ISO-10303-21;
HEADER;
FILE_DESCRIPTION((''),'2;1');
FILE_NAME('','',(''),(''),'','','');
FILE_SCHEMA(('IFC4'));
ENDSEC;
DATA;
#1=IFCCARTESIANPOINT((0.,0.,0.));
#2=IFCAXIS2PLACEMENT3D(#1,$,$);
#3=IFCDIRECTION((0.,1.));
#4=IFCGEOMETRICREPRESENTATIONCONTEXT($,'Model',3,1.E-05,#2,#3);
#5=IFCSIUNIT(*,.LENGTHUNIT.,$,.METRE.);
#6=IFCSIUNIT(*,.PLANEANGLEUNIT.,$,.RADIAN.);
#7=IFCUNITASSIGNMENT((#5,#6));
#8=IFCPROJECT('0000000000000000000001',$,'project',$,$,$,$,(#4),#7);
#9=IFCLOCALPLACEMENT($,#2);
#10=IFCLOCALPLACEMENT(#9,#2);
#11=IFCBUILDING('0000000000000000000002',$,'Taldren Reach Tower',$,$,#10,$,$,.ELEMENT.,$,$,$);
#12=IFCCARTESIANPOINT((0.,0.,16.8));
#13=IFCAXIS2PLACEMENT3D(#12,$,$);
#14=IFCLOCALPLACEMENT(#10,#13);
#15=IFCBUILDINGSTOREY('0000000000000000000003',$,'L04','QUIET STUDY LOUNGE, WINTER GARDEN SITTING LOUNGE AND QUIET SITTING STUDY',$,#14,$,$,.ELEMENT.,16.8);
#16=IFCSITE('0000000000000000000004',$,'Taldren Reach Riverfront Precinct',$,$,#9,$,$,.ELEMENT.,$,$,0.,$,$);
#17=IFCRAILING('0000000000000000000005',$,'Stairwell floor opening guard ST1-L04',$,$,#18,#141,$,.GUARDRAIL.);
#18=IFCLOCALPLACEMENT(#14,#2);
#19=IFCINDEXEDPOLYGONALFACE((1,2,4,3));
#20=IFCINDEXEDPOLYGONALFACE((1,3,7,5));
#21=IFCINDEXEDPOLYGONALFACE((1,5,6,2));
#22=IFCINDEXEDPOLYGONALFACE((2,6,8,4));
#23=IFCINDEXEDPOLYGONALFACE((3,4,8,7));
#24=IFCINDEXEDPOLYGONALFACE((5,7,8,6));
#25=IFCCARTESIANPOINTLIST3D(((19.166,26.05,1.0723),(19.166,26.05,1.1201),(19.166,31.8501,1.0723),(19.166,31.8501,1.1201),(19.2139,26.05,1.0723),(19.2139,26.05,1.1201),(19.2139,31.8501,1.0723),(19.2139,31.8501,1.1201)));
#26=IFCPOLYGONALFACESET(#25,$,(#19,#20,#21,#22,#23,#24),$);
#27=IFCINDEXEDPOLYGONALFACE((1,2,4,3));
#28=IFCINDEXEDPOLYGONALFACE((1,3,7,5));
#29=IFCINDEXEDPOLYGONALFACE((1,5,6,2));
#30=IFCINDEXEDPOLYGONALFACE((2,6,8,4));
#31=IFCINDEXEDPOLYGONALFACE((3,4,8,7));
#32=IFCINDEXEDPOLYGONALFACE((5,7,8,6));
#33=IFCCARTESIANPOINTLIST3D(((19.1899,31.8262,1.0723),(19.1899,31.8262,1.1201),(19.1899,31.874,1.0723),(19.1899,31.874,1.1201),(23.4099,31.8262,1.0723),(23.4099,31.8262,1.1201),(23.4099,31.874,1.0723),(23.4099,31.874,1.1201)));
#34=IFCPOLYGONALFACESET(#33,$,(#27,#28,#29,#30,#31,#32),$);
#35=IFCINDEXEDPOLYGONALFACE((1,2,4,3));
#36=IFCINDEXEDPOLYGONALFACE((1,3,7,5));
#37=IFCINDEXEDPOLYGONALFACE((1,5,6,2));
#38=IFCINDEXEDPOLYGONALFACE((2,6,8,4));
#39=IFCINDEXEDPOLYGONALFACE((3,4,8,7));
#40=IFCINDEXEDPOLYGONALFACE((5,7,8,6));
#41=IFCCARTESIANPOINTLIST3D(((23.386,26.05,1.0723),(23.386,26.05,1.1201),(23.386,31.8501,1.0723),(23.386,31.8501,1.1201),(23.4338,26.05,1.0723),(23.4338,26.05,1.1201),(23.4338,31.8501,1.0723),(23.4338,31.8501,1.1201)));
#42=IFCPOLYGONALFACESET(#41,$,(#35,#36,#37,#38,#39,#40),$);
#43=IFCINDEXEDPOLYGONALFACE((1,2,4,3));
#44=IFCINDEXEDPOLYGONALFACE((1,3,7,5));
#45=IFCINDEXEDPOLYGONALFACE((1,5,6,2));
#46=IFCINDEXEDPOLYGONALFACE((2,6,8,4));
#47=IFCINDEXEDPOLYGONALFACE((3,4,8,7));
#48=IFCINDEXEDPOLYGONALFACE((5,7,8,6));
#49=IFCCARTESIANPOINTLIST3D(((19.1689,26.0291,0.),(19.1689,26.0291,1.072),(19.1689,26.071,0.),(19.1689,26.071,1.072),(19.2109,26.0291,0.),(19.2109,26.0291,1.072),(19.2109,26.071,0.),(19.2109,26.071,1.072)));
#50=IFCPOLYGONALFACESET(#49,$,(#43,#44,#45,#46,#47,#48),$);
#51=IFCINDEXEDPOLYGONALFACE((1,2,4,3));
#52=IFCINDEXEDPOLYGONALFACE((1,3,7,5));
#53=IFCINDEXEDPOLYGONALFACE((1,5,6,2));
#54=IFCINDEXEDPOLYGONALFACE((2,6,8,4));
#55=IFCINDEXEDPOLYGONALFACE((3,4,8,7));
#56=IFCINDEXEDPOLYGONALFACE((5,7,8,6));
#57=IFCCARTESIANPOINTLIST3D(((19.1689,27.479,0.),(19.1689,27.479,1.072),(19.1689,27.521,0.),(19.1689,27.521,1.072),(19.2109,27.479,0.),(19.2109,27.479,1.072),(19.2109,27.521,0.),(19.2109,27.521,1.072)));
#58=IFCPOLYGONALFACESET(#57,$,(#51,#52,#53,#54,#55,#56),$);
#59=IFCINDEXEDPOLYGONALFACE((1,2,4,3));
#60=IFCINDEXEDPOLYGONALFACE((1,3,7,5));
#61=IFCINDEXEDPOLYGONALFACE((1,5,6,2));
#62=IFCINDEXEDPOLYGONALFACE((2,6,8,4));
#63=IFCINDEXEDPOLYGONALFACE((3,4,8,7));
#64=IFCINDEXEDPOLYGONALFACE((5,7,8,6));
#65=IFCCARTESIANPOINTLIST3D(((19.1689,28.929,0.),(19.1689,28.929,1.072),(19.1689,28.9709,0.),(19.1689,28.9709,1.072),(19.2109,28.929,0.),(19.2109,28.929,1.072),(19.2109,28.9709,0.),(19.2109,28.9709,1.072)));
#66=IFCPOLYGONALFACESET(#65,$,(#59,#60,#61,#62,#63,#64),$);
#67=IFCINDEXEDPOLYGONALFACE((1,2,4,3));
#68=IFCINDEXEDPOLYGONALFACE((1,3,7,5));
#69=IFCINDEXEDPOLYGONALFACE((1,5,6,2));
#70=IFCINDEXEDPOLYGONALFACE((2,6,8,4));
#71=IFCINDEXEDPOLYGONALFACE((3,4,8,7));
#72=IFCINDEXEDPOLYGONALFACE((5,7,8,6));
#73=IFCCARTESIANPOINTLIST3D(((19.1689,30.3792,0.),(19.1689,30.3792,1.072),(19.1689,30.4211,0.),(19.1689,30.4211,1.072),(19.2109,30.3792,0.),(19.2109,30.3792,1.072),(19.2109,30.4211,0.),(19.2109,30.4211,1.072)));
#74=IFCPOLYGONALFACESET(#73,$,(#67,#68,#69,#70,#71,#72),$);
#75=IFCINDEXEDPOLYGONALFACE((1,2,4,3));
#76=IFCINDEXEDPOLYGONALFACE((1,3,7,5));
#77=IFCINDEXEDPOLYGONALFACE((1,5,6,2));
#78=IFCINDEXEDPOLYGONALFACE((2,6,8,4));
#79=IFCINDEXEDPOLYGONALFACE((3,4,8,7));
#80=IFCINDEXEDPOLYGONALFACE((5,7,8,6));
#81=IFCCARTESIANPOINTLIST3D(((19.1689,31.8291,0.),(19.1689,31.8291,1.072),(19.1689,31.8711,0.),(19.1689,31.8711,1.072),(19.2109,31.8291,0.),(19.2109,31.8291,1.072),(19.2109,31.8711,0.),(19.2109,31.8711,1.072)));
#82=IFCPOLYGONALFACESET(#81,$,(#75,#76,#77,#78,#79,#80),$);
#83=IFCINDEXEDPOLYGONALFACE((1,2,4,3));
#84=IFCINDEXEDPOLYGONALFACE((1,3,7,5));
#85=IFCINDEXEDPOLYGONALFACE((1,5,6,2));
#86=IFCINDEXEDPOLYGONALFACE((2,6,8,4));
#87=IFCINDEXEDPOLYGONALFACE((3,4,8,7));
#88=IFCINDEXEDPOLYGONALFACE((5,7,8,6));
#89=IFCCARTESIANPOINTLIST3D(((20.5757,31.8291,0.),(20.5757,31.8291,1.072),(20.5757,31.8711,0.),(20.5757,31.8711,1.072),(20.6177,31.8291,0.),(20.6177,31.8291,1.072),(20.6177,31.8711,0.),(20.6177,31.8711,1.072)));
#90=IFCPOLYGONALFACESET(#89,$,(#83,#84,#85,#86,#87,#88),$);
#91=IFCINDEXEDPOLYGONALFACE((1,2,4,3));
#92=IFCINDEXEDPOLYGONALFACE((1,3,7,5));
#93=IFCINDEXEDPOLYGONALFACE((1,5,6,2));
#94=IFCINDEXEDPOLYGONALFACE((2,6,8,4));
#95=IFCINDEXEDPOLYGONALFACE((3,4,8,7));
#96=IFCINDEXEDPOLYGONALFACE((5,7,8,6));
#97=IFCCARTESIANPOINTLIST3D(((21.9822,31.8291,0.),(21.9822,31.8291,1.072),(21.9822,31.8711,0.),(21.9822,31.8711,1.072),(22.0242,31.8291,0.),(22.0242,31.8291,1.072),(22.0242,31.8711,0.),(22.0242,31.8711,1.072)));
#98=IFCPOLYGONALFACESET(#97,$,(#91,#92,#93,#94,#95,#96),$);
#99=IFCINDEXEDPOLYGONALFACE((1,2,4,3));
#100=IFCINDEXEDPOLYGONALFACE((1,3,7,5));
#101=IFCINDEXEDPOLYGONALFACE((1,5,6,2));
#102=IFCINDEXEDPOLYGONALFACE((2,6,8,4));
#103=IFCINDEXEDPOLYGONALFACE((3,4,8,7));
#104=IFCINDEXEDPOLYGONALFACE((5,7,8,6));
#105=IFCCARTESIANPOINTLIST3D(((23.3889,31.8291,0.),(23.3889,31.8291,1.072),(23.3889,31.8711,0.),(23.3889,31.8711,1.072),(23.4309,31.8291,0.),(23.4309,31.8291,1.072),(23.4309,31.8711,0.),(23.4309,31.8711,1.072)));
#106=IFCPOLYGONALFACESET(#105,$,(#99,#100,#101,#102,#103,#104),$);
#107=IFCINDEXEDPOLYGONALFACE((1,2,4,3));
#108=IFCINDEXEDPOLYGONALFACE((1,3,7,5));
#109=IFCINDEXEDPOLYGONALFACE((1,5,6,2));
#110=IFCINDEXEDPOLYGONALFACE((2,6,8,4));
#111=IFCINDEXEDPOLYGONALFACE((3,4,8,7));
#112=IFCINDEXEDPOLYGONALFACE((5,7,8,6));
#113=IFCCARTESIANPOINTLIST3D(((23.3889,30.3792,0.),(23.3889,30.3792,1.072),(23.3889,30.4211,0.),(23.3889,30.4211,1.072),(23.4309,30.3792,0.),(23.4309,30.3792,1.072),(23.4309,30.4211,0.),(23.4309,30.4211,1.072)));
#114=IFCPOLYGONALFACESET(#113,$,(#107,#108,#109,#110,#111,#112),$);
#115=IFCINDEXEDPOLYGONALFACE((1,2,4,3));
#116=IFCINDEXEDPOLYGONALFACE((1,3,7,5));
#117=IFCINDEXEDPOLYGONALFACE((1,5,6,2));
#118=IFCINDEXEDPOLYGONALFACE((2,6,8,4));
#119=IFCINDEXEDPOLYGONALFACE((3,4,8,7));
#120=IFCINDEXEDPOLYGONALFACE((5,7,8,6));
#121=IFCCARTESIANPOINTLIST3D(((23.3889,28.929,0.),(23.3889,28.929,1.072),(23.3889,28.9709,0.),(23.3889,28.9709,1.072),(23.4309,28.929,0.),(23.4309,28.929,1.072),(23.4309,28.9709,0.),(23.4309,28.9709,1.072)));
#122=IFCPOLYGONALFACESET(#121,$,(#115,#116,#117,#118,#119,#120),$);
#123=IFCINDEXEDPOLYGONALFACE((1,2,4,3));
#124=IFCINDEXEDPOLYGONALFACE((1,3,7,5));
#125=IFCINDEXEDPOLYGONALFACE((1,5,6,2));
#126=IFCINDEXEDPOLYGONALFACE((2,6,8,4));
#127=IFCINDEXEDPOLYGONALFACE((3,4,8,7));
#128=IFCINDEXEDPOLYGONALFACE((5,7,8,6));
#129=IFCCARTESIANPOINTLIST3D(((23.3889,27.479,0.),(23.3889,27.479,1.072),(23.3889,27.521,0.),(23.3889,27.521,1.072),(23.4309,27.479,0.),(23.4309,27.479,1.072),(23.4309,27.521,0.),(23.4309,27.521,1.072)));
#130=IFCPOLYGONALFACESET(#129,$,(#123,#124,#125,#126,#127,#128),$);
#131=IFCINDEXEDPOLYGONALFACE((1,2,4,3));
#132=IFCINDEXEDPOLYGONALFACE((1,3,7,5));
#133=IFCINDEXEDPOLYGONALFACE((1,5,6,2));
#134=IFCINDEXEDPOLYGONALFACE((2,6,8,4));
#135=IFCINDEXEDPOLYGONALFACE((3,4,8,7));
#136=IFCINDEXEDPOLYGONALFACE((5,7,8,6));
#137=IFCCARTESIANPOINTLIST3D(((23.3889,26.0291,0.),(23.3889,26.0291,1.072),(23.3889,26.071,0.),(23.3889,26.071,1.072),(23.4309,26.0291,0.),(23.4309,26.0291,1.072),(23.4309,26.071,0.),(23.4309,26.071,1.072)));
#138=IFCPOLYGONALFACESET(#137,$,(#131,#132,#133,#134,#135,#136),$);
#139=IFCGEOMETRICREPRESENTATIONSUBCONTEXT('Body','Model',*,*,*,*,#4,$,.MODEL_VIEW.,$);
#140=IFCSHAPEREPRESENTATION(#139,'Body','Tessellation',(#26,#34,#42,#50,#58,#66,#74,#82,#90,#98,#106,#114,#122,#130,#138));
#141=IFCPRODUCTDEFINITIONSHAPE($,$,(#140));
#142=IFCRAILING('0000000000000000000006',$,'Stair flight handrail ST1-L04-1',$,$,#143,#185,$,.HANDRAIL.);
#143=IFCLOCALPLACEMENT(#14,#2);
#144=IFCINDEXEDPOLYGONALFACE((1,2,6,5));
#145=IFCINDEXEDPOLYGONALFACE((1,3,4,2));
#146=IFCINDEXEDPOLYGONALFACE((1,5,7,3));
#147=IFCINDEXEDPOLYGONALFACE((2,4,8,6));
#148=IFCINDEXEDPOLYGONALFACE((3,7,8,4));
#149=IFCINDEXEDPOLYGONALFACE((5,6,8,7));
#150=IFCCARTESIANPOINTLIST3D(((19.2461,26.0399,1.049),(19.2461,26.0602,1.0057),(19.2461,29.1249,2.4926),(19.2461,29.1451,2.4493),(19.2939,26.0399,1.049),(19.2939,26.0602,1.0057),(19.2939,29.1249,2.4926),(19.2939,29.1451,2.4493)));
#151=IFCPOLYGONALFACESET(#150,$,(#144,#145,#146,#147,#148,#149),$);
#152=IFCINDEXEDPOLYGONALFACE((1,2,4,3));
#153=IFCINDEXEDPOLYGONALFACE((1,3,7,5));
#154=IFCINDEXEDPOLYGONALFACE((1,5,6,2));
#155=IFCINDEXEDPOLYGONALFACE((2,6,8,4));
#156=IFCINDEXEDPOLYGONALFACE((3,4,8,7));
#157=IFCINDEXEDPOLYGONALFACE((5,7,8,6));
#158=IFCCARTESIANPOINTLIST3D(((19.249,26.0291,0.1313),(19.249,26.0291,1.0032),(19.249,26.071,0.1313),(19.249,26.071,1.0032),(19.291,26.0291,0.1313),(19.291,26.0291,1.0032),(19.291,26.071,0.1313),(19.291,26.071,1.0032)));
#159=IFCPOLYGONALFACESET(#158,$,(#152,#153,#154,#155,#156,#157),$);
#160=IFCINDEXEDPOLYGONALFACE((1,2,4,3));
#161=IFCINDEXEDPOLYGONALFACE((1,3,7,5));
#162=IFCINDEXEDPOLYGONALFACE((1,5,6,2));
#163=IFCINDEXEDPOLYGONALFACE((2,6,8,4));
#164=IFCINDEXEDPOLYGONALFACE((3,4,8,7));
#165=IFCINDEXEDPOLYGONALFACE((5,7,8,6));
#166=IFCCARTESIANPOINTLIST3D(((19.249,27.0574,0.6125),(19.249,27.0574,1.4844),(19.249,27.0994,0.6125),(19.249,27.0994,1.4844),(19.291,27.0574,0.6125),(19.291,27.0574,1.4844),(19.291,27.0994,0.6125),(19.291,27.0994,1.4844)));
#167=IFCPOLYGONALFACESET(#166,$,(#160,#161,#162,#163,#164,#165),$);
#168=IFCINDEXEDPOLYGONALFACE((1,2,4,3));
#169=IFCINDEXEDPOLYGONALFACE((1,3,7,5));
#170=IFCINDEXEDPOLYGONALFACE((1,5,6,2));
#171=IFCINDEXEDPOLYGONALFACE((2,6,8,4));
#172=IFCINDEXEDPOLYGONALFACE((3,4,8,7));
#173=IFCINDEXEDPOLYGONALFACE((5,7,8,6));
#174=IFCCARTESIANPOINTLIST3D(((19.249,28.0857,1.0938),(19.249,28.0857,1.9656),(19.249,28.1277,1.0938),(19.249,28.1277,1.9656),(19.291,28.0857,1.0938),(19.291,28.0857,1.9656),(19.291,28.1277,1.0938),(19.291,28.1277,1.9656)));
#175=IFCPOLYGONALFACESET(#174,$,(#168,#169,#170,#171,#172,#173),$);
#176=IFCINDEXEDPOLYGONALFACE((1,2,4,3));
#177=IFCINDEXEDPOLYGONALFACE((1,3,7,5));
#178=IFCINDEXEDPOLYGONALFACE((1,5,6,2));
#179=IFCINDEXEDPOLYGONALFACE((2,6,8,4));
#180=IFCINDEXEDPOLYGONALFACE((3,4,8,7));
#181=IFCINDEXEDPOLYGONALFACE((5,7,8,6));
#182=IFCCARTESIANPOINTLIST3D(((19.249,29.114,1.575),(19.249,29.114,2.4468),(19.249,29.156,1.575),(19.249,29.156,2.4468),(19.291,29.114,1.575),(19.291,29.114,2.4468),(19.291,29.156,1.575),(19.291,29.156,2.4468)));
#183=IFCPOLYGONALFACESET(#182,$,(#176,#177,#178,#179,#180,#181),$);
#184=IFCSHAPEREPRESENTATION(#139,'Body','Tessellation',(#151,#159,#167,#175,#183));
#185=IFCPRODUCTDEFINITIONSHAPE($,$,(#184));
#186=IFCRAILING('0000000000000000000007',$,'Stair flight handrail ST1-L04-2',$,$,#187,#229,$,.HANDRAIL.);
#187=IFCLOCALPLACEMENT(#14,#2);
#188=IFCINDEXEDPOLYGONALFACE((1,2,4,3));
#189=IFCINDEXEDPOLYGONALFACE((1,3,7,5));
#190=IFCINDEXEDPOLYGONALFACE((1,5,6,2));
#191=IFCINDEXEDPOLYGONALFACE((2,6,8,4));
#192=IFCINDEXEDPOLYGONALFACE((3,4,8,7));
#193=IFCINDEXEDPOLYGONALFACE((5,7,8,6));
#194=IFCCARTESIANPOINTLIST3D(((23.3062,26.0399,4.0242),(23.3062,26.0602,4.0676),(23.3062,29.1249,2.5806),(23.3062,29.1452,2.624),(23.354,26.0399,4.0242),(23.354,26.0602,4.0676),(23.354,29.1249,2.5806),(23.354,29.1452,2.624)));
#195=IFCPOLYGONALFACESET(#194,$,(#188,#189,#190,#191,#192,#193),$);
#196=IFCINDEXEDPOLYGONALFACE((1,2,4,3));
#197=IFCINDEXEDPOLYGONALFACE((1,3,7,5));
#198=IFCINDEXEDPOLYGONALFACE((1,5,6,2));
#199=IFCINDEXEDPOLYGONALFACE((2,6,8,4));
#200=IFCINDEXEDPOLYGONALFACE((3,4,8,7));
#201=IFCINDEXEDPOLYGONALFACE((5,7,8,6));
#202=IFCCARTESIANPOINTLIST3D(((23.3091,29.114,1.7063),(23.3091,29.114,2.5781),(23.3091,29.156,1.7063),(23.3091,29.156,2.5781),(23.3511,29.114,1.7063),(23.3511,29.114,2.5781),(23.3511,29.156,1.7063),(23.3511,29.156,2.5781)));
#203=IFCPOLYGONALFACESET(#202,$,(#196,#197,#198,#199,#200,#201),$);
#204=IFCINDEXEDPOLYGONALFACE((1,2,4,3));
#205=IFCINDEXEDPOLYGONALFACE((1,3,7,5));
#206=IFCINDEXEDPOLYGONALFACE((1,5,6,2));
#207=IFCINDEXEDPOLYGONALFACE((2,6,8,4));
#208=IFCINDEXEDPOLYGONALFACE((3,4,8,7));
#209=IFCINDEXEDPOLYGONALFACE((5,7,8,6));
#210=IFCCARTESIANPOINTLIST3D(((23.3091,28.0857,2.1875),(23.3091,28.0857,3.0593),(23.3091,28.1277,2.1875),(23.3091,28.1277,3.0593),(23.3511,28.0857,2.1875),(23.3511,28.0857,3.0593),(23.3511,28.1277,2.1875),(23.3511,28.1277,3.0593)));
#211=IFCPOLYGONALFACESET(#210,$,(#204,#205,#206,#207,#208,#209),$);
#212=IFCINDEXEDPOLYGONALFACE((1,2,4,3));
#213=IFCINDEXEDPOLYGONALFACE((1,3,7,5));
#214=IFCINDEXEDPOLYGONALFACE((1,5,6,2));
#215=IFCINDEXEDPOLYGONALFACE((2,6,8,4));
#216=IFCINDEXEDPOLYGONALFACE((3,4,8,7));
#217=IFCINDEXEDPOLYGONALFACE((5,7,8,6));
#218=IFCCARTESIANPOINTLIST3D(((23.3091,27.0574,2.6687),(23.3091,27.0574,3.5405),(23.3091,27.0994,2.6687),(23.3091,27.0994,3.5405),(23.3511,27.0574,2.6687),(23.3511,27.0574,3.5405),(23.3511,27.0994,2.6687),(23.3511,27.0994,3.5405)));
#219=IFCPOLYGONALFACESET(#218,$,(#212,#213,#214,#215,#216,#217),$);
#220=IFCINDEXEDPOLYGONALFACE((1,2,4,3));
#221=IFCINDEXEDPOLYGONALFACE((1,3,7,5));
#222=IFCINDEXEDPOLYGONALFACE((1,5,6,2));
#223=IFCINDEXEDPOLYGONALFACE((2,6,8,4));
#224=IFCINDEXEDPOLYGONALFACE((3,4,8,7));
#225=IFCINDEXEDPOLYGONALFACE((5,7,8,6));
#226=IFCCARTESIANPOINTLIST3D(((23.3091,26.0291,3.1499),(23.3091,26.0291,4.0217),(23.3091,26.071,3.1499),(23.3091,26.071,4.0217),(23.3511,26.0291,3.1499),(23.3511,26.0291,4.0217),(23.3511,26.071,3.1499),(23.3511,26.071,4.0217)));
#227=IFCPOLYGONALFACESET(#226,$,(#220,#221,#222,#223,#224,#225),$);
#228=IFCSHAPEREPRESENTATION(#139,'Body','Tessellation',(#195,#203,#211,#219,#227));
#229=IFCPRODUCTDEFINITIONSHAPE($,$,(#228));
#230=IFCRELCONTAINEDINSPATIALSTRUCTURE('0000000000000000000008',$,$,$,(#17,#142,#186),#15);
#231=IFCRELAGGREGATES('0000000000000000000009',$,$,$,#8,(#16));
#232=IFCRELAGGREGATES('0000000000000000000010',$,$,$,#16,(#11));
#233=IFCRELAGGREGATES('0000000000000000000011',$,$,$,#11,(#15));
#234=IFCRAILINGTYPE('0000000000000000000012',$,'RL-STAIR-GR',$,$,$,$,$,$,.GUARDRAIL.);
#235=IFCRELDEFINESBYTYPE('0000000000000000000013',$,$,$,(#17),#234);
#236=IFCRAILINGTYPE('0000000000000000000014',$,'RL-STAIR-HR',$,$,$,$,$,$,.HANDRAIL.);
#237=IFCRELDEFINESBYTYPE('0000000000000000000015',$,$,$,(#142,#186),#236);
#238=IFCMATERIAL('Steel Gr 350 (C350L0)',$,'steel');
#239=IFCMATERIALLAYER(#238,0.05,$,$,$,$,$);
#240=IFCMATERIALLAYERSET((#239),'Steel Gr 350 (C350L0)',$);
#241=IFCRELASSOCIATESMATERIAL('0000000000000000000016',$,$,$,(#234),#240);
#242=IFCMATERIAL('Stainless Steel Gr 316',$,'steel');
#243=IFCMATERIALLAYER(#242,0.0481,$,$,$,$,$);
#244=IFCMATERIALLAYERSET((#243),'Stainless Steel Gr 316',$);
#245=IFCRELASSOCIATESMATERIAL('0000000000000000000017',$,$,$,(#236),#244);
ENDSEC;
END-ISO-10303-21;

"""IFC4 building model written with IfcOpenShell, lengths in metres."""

from ifc_helpers import new_model, si_unit, direction, frame, origin, origin_2d, place, context, subcontext, project, spatial, rectangle, extrude, material, layer, layer_set, type_object, element, save


model = new_model("IFC4")

# Units and contexts
model_context = context("Model", 3, precision=1e-05, world=origin(), true_north=direction((0.0, 1.0)))
body_context = subcontext(model_context, "Body", "Model", "MODEL_VIEW")
ifc_project = project(units=[si_unit("LENGTHUNIT", "METRE"), si_unit("PLANEANGLEUNIT", "RADIAN")], contexts=[model_context])

# Site, building, storey
site_placement = place(None, origin())
site = spatial("IfcSite", under=ifc_project, at=site_placement, Name="Taldren Reach Riverfront Precinct", CompositionType="ELEMENT", RefElevation=0.0)
building_placement = place(site_placement, origin())
building = spatial("IfcBuilding", under=site, at=building_placement, Name="Taldren Reach Tower", CompositionType="ELEMENT")
storey_placement = place(building_placement, frame((0.0, 0.0, 16.8)))
storey = spatial("IfcBuildingStorey", under=building, at=storey_placement, Name="L04", Description="QUIET STUDY LOUNGE, WINTER GARDEN SITTING LOUNGE AND QUIET SITTING STUDY", CompositionType="ELEMENT", Elevation=16.8)

# Shared definitions
ifc_material_1 = material(Name="Steel Gr 350 (C350L0)", Category="steel")

# Railings
ifc_layer_1 = layer(ifc_material_1, 0.05)
ifc_layer_set_1 = layer_set([ifc_layer_1], Name="Steel Gr 350 (C350L0)")
railing_type_1 = type_object("IfcRailingType", Name="RL-STAIR-GR", PredefinedType="GUARDRAIL", material=ifc_layer_set_1)
railing_1_placement = place(storey_placement, frame((19.1899, 26.05, 0.0)))
element("IfcRailing", 1, at=railing_1_placement, inside=storey, type_object=railing_type_1, Name="Stairwell floor opening guard ST1-L04", PredefinedType="GUARDRAIL", context=body_context, shape_type="SweptSolid", body=[
    extrude(rectangle(XDim=0.0479, YDim=0.0479, at=origin_2d()), frame((0.0, 0.0, 1.0962), z_axis=(0.0, 1.0, 0.0), x_axis=(-1.0, 0.0, 0.0)), (0.0, 0.0, 1.0), 5.8),
    extrude(rectangle(XDim=0.0479, YDim=0.0479, at=origin_2d()), frame((0.0, 5.8, 1.0962), z_axis=(1.0, 0.0, 0.0), x_axis=(0.0, 1.0, 0.0)), (0.0, 0.0, 1.0), 4.22),
    extrude(rectangle(XDim=0.0479, YDim=0.0479, at=origin_2d()), frame((4.22, 5.8, 1.0962), z_axis=(0.0, -1.0, 0.0), x_axis=(1.0, 0.0, 0.0)), (0.0, 0.0, 1.0), 5.8),
    extrude(rectangle(XDim=0.042, YDim=0.042, at=origin_2d()), origin(), (0.0, 0.0, 1.0), 1.072),
    extrude(rectangle(XDim=0.042, YDim=0.042, at=origin_2d()), frame((0.0, 1.45, 0.0)), (0.0, 0.0, 1.0), 1.072),
    extrude(rectangle(XDim=0.042, YDim=0.042, at=origin_2d()), frame((0.0, 2.8999, 0.0)), (0.0, 0.0, 1.0), 1.072),
    extrude(rectangle(XDim=0.042, YDim=0.042, at=origin_2d()), frame((0.0, 4.3501, 0.0)), (0.0, 0.0, 1.0), 1.072),
    extrude(rectangle(XDim=0.042, YDim=0.042, at=origin_2d()), frame((0.0, 5.8, 0.0)), (0.0, 0.0, 1.0), 1.072),
    extrude(rectangle(XDim=0.042, YDim=0.042, at=origin_2d()), frame((1.4067, 5.8, 0.0)), (0.0, 0.0, 1.0), 1.072),
    extrude(rectangle(XDim=0.042, YDim=0.042, at=origin_2d()), frame((2.8132, 5.8, 0.0)), (0.0, 0.0, 1.0), 1.072),
    extrude(rectangle(XDim=0.042, YDim=0.042, at=origin_2d()), frame((4.22, 5.8, 0.0)), (0.0, 0.0, 1.0), 1.072),
    extrude(rectangle(XDim=0.042, YDim=0.042, at=origin_2d()), frame((4.22, 4.3501, 0.0)), (0.0, 0.0, 1.0), 1.072),
    extrude(rectangle(XDim=0.042, YDim=0.042, at=origin_2d()), frame((4.22, 2.8999, 0.0)), (0.0, 0.0, 1.0), 1.072),
    extrude(rectangle(XDim=0.042, YDim=0.042, at=origin_2d()), frame((4.22, 1.45, 0.0)), (0.0, 0.0, 1.0), 1.072),
    extrude(rectangle(XDim=0.042, YDim=0.042, at=origin_2d()), frame((4.22, 0.0, 0.0)), (0.0, 0.0, 1.0), 1.072),
])
ifc_material_2 = material(Name="Stainless Steel Gr 316", Category="steel")
ifc_layer_2 = layer(ifc_material_2, 0.0481)
ifc_layer_set_2 = layer_set([ifc_layer_2], Name="Stainless Steel Gr 316")
railing_type_2 = type_object("IfcRailingType", Name="RL-STAIR-HR", PredefinedType="HANDRAIL", material=ifc_layer_set_2)
railing_2_placement = place(storey_placement, frame((19.27, 26.05, 0.1313)))
element("IfcRailing", 2, at=railing_2_placement, inside=storey, type_object=railing_type_2, Name="Stair flight handrail ST1-L04-1", PredefinedType="HANDRAIL", context=body_context, shape_type="SweptSolid", body=[
    extrude(rectangle(XDim=0.0479, YDim=0.0479, at=origin_2d()), frame((0.0, 0.0, 0.896), z_axis=(0.0, 0.905738, 0.423839), x_axis=(-1.0, 0.0, 0.0)), (0.0, 0.0, 1.0), 3.406),
    extrude(rectangle(XDim=0.042, YDim=0.042, at=origin_2d()), origin(), (0.0, 0.0, 1.0), 0.8718),
    extrude(rectangle(XDim=0.042, YDim=0.042, at=origin_2d()), frame((0.0, 1.0283, 0.4812)), (0.0, 0.0, 1.0), 0.8718),
    extrude(rectangle(XDim=0.042, YDim=0.042, at=origin_2d()), frame((0.0, 2.0566, 0.9624)), (0.0, 0.0, 1.0), 0.8718),
    extrude(rectangle(XDim=0.042, YDim=0.042, at=origin_2d()), frame((0.0, 3.085, 1.4436)), (0.0, 0.0, 1.0), 0.8718),
])
railing_3_placement = place(storey_placement, frame((23.3301, 29.135, 1.7063)))
element("IfcRailing", 3, at=railing_3_placement, inside=storey, type_object=railing_type_2, Name="Stair flight handrail ST1-L04-2", PredefinedType="HANDRAIL", context=body_context, shape_type="SweptSolid", body=[
    extrude(rectangle(XDim=0.0479, YDim=0.0479, at=origin_2d()), frame((0.0, 0.0, 0.896), z_axis=(0.0, -0.905738, 0.423839), x_axis=(1.0, 0.0, 0.0)), (0.0, 0.0, 1.0), 3.406),
    extrude(rectangle(XDim=0.042, YDim=0.042, at=origin_2d()), origin(), (0.0, 0.0, 1.0), 0.8718),
    extrude(rectangle(XDim=0.042, YDim=0.042, at=origin_2d()), frame((0.0, -1.0283, 0.4812)), (0.0, 0.0, 1.0), 0.8718),
    extrude(rectangle(XDim=0.042, YDim=0.042, at=origin_2d()), frame((0.0, -2.0566, 0.9624)), (0.0, 0.0, 1.0), 0.8718),
    extrude(rectangle(XDim=0.042, YDim=0.042, at=origin_2d()), frame((0.0, -3.085, 1.4436)), (0.0, 0.0, 1.0), 0.8718),
])

save(model, "model.ifc")
